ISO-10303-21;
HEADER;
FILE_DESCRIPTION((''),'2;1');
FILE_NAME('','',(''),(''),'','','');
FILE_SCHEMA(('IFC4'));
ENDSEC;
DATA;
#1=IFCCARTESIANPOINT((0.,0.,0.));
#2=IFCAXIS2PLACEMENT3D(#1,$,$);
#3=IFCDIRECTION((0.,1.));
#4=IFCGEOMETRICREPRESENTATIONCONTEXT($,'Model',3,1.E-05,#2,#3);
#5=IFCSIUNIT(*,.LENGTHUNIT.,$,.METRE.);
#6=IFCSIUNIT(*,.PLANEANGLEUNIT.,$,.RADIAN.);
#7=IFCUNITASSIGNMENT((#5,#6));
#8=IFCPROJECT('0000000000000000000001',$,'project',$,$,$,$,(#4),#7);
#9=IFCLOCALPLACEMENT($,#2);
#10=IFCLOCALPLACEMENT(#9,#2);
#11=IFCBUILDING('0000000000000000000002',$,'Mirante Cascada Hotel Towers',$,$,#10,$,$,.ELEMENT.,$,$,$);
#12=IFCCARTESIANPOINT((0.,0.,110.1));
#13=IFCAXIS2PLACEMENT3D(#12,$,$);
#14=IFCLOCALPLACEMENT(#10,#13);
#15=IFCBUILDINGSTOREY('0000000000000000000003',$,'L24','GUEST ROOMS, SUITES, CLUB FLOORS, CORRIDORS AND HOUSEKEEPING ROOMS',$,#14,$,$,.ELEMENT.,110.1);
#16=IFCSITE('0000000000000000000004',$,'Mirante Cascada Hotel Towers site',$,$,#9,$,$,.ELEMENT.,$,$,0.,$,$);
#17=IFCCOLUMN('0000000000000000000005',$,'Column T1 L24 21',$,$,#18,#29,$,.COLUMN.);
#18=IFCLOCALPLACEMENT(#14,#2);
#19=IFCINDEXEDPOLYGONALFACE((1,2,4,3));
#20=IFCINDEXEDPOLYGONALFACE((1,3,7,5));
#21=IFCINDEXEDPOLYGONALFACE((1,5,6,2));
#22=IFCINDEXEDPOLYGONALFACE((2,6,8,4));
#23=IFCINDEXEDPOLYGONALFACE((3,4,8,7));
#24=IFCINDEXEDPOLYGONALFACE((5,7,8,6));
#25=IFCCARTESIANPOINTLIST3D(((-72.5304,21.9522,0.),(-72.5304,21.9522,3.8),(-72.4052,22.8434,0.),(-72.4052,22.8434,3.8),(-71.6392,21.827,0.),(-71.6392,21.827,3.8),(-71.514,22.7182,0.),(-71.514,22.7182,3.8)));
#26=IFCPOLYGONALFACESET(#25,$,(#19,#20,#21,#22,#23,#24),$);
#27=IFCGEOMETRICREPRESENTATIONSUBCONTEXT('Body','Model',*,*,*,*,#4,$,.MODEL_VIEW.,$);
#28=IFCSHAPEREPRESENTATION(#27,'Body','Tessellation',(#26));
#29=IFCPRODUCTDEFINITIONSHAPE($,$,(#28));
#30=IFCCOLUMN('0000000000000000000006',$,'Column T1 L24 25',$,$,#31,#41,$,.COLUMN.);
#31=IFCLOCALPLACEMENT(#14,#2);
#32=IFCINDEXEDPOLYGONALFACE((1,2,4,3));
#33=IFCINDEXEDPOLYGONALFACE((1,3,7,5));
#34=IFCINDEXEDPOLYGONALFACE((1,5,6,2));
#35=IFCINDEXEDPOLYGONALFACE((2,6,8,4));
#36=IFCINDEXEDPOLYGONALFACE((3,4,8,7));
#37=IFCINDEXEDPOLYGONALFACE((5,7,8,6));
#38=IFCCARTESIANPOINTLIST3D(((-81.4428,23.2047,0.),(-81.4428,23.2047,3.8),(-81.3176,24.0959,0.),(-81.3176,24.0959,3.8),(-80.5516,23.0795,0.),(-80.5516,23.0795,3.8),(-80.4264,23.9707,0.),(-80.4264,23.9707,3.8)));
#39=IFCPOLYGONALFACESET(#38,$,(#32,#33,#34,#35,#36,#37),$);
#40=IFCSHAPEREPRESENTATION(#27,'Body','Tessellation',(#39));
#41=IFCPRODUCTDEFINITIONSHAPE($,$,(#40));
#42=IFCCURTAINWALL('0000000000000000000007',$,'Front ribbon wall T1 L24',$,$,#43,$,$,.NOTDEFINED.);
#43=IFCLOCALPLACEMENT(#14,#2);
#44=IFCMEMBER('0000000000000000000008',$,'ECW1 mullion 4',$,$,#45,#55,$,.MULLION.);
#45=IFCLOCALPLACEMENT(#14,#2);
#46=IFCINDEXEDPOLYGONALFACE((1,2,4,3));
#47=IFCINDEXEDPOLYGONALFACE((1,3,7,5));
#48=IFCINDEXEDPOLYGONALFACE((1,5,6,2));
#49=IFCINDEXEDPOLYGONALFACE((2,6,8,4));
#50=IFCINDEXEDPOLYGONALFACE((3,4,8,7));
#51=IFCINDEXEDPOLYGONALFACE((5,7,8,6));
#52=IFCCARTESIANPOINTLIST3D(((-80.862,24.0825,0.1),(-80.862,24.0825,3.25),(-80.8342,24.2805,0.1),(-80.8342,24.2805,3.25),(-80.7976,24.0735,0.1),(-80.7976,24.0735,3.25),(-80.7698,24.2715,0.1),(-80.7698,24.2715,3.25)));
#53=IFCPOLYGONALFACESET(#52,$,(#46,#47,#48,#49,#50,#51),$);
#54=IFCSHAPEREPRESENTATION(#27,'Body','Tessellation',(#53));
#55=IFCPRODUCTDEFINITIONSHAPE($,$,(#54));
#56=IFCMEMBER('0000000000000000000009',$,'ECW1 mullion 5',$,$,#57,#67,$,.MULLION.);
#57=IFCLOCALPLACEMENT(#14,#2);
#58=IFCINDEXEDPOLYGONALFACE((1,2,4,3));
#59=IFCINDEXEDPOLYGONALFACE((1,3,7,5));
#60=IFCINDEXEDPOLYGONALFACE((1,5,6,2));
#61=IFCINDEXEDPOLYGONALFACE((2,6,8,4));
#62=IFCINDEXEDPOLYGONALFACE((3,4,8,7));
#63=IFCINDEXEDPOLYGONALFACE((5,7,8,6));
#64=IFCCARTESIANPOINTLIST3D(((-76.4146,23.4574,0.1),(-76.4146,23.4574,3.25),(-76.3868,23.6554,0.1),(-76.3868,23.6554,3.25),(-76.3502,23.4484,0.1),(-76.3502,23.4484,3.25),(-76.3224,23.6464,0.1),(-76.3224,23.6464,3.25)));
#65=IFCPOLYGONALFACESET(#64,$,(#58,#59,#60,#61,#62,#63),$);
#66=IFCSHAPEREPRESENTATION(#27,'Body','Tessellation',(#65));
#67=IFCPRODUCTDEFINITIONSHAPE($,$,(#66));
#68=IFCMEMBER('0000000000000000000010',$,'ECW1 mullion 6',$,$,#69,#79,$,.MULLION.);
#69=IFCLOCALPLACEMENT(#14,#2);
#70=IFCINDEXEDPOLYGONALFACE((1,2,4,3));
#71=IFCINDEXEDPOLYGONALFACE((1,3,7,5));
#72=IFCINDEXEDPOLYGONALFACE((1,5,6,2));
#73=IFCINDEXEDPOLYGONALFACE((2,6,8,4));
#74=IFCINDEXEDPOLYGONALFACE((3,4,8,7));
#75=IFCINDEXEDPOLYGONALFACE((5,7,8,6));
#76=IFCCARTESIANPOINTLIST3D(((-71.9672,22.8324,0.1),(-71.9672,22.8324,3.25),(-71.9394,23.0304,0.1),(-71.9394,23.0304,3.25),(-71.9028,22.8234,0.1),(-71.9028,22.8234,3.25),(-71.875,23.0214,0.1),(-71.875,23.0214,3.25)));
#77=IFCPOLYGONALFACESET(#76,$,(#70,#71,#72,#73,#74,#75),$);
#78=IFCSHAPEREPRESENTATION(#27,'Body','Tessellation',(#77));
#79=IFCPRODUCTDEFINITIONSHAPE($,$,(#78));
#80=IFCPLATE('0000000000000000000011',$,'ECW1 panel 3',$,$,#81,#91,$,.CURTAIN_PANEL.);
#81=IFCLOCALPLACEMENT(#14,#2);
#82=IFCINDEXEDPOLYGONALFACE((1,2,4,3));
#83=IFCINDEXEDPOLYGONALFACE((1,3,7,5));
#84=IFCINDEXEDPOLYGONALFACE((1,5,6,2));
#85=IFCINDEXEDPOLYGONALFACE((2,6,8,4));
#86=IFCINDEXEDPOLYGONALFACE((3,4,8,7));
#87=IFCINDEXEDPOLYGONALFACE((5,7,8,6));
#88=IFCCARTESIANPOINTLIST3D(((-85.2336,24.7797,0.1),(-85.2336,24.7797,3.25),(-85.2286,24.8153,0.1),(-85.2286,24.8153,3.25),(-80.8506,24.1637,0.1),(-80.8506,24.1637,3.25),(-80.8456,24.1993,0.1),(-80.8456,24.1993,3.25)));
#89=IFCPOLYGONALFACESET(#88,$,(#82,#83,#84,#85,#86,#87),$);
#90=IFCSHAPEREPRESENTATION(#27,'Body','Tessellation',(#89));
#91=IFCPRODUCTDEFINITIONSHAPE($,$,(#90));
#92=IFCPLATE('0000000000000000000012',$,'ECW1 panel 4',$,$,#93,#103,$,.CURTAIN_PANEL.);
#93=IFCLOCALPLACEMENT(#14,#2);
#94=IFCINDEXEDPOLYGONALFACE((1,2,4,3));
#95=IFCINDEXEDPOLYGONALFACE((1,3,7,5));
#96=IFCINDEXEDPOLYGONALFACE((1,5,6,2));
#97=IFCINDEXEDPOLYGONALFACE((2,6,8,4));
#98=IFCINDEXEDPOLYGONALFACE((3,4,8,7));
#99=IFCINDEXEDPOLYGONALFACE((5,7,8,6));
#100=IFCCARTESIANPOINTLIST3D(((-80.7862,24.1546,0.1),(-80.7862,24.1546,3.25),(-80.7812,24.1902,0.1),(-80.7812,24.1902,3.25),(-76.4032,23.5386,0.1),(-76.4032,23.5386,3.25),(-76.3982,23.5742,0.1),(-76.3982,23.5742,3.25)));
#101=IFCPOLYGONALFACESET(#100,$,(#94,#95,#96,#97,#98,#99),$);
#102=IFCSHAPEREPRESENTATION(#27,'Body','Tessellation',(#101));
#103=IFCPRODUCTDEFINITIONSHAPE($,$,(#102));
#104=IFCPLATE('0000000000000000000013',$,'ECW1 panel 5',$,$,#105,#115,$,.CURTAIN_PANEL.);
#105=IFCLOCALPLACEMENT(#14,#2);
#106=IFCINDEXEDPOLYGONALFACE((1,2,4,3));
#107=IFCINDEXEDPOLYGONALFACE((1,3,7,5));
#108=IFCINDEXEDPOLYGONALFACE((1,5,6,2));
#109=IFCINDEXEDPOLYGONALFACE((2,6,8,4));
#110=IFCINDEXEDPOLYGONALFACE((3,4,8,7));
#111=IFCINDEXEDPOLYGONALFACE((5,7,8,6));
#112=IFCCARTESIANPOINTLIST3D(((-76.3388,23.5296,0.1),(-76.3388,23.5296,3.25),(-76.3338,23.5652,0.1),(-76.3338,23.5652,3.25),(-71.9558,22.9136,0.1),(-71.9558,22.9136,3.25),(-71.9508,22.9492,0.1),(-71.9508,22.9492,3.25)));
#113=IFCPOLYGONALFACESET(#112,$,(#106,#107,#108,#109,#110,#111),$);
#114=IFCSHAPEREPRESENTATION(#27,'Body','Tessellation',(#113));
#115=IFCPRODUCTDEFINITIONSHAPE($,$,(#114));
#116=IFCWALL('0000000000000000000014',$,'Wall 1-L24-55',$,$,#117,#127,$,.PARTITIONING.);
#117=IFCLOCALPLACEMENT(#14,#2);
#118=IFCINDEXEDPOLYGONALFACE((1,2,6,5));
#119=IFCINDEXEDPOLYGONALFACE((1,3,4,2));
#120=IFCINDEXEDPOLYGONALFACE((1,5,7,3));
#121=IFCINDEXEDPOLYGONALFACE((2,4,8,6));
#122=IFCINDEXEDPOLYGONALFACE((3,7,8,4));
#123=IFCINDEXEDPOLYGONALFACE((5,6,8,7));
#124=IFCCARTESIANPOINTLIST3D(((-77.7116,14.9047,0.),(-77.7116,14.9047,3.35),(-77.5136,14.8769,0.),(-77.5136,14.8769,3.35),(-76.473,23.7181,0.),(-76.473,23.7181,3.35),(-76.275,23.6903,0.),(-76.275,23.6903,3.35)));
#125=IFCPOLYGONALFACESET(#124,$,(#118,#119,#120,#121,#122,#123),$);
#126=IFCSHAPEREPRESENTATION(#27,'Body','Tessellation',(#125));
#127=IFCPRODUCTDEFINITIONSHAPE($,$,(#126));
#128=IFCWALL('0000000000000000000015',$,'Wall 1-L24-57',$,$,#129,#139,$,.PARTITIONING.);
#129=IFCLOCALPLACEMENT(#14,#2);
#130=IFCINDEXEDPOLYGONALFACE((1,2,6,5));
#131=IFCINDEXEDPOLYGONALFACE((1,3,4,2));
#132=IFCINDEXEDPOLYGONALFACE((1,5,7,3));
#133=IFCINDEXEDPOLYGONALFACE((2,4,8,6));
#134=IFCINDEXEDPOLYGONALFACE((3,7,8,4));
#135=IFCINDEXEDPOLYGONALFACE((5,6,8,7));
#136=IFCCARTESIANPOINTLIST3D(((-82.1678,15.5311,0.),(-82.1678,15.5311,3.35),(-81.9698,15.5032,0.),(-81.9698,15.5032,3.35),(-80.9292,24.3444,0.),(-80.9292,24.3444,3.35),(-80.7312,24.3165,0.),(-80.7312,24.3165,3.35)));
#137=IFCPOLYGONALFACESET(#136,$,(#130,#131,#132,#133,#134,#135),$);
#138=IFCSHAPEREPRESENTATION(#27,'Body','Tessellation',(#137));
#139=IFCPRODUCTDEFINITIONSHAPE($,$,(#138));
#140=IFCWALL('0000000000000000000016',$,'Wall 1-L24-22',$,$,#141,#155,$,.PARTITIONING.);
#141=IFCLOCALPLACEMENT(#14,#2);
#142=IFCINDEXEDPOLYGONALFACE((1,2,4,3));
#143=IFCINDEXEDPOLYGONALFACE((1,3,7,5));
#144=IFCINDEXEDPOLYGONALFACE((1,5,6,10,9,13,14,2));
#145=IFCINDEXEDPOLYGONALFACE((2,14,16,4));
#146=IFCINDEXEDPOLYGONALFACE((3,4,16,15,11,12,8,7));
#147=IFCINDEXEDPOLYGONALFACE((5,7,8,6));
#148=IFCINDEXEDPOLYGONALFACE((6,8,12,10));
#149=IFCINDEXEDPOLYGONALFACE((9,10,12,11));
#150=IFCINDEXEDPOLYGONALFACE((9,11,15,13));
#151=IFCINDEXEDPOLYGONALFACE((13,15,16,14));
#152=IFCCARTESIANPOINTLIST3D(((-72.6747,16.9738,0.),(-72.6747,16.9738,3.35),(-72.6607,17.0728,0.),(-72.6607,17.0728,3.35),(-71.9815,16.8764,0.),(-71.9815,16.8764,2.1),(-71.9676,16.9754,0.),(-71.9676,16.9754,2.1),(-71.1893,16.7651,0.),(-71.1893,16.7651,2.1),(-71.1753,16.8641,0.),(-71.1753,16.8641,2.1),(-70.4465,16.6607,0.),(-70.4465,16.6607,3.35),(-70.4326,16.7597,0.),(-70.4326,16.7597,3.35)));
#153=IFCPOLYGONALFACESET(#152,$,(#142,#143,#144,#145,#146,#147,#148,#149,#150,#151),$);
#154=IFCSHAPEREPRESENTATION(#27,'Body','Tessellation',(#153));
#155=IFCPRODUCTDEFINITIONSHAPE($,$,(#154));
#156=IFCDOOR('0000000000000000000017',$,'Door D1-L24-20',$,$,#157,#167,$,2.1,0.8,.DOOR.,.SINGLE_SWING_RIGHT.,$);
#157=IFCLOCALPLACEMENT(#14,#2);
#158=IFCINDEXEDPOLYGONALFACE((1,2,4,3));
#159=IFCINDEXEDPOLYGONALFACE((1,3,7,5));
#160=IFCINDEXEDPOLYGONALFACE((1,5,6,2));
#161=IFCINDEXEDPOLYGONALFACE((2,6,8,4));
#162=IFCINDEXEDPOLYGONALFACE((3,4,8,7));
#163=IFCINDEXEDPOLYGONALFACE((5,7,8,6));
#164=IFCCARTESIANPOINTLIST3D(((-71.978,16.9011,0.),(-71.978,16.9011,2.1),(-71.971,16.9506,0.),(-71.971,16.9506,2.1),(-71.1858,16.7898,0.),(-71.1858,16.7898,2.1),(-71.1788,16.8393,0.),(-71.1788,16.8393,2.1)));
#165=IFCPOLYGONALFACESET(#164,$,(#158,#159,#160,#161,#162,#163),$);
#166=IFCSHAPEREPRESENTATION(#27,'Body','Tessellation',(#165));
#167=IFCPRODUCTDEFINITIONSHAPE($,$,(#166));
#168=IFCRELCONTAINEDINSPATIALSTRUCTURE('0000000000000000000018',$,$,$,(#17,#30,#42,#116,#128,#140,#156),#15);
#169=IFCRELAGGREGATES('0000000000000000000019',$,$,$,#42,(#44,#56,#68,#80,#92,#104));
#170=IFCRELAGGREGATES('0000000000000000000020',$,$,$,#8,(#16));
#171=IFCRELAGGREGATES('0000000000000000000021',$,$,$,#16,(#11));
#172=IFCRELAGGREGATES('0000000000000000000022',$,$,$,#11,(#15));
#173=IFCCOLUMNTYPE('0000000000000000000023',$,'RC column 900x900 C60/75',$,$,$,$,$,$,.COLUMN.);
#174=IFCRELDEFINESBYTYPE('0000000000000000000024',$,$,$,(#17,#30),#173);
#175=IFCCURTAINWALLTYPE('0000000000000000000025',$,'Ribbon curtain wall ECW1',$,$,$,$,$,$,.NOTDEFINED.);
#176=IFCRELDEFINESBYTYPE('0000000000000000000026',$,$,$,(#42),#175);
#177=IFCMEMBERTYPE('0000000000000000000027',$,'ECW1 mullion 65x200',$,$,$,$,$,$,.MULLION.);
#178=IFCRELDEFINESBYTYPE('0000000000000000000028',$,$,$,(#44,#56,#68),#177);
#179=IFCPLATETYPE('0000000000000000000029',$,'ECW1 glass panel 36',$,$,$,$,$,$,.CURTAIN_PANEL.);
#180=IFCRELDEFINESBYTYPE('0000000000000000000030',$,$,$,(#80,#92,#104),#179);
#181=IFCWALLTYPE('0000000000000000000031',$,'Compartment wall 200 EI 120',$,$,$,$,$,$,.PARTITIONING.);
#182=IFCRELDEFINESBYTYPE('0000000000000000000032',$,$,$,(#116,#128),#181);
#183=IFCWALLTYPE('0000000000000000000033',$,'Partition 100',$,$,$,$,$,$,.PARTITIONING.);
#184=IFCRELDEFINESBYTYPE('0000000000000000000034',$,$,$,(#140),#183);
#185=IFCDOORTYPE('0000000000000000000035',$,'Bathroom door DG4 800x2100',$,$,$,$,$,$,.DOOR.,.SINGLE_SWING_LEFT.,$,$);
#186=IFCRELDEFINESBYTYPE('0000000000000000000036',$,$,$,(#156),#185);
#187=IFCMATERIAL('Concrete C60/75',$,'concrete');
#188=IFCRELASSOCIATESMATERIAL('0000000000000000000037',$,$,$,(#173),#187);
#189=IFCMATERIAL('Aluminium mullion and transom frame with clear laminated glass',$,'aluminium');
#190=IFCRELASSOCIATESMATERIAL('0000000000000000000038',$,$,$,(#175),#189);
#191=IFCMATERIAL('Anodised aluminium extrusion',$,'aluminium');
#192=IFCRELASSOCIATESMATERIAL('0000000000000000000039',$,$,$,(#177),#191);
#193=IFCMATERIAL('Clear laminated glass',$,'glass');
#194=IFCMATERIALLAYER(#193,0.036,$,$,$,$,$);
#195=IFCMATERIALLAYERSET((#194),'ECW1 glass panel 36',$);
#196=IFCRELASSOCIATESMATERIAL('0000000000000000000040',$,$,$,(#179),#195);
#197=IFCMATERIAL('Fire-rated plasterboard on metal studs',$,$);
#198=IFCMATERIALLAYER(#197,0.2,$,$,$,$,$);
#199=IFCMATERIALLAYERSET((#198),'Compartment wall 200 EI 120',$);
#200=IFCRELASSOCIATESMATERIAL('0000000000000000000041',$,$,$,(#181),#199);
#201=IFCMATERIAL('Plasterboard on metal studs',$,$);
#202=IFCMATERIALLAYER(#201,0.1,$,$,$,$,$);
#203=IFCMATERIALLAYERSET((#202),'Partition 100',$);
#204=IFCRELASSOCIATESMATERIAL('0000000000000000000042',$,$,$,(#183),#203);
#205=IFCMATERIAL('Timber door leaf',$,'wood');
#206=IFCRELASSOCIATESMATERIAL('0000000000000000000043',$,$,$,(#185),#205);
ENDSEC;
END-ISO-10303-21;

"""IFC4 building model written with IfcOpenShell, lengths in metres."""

from ifc_helpers import new_model, si_unit, direction, frame, frame_2d, origin, origin_2d, place, context, subcontext, project, spatial, rectangle, extrude, material, layer, layer_set, material_profile, profile_set, type_object, element, fill, aggregate, save


model = new_model("IFC4")

# Units and contexts
model_context = context("Model", 3, precision=1e-05, world=origin(), true_north=direction((0.0, 1.0)))
body_context = subcontext(model_context, "Body", "Model", "MODEL_VIEW")
ifc_project = project(units=[si_unit("LENGTHUNIT", "METRE"), si_unit("PLANEANGLEUNIT", "RADIAN")], contexts=[model_context])

# Site, building, storey
site_placement = place(None, origin())
site = spatial("IfcSite", under=ifc_project, at=site_placement, Name="Mirante Cascada Hotel Towers site", CompositionType="ELEMENT", RefElevation=0.0)
building_placement = place(site_placement, origin())
building = spatial("IfcBuilding", under=site, at=building_placement, Name="Mirante Cascada Hotel Towers", CompositionType="ELEMENT")
storey_placement = place(building_placement, frame((0.0, 0.0, 110.1)))
storey = spatial("IfcBuildingStorey", under=building, at=storey_placement, Name="L24", Description="GUEST ROOMS, SUITES, CLUB FLOORS, CORRIDORS AND HOUSEKEEPING ROOMS", CompositionType="ELEMENT", Elevation=110.1)

# Columns
ifc_material_1 = material(Name="Concrete C60/75", Category="concrete")
ifc_material_profile_1 = material_profile(ifc_material_1, rectangle(XDim=0.9, YDim=0.9, at=origin_2d()), Name="RC column 900x900 C60/75")
ifc_profile_set_1 = profile_set([ifc_material_profile_1], Name="Concrete C60/75")
column_type = type_object("IfcColumnType", Name="RC column 900x900 C60/75", PredefinedType="COLUMN", material=ifc_profile_set_1)
for number, where, z_axis, x_axis, name in (
    (1, (-72.0222, 22.3352, 0.0), (0.0, 0.0, 1.0), (-0.990268, 0.139173, 0.0), "Column T1 L24 21"),
    (2, (-80.9346, 23.5877, 0.0), (0.0, 0.0, 1.0), (-0.990268, 0.139173, 0.0), "Column T1 L24 25"),
):
    element("IfcColumn", number, at=place(storey_placement, frame(where, z_axis=z_axis, x_axis=x_axis)), inside=storey, type_object=column_type, Name=name, PredefinedType="COLUMN", context=body_context, shape_type="SweptSolid", body=[
        extrude(rectangle(XDim=0.9, YDim=0.9, at=origin_2d()), origin(), (0.0, 0.0, 1.0), 3.8),
    ])

# Curtain wall, members, plates
ifc_material_2 = material(Name="Aluminium mullion and transom frame with clear laminated glass", Category="aluminium")
curtain_wall_type = type_object("IfcCurtainWallType", Name="Ribbon curtain wall ECW1", PredefinedType="NOTDEFINED", material=ifc_material_2)
curtain_wall_placement = place(storey_placement, origin())
curtain_wall = element("IfcCurtainWall", 3, at=curtain_wall_placement, inside=storey, type_object=curtain_wall_type, Name="Front ribbon wall T1 L24", PredefinedType="NOTDEFINED")
ifc_material_3 = material(Name="Anodised aluminium extrusion", Category="aluminium")
ifc_material_profile_2 = material_profile(ifc_material_3, rectangle(XDim=0.2, YDim=0.065, at=origin_2d()), Name="ECW1 MULLION 65x200")
ifc_profile_set_2 = profile_set([ifc_material_profile_2], Name="Anodised aluminium extrusion")
member_type = type_object("IfcMemberType", Name="ECW1 mullion 65x200", PredefinedType="MULLION", material=ifc_profile_set_2)
member_1_placement = place(storey_placement, frame((-80.8159, 24.177, 0.1), z_axis=(0.0, 0.0, 1.0), x_axis=(0.139173, 0.990268, 0.0)))
member_1 = element("IfcMember", 4, at=member_1_placement, type_object=member_type, Name="ECW1 mullion 4", PredefinedType="MULLION", context=body_context, shape_type="SweptSolid", body=[
    extrude(rectangle(XDim=0.2, YDim=0.065, at=origin_2d()), origin(), (0.0, 0.0, 1.0), 3.15),
])
member_2_placement = place(storey_placement, frame((-76.3685, 23.5519, 0.1), z_axis=(0.0, 0.0, 1.0), x_axis=(0.139173, 0.990268, 0.0)))
member_2 = element("IfcMember", 5, at=member_2_placement, type_object=member_type, Name="ECW1 mullion 5", PredefinedType="MULLION", context=body_context, shape_type="SweptSolid", body=[
    extrude(rectangle(XDim=0.2, YDim=0.065, at=origin_2d()), origin(), (0.0, 0.0, 1.0), 3.15),
])
member_3_placement = place(storey_placement, frame((-71.9211, 22.9269, 0.1), z_axis=(0.0, 0.0, 1.0), x_axis=(0.139173, 0.990268, 0.0)))
member_3 = element("IfcMember", 6, at=member_3_placement, type_object=member_type, Name="ECW1 mullion 6", PredefinedType="MULLION", context=body_context, shape_type="SweptSolid", body=[
    extrude(rectangle(XDim=0.2, YDim=0.065, at=origin_2d()), origin(), (0.0, 0.0, 1.0), 3.15),
])
ifc_material_4 = material(Name="Clear laminated glass", Category="glass")
ifc_layer_1 = layer(ifc_material_4, 0.036)
ifc_layer_set_1 = layer_set([ifc_layer_1], Name="ECW1 glass panel 36")
plate_type = type_object("IfcPlateType", Name="ECW1 glass panel 36", PredefinedType="CURTAIN_PANEL", material=ifc_layer_set_1)
plate_1_placement = place(storey_placement, frame((-83.0396, 24.4895, 0.1), z_axis=(0.0, 0.0, 1.0), x_axis=(0.990268, -0.139173, 0.0)))
plate_1 = element("IfcPlate", 7, at=plate_1_placement, type_object=plate_type, Name="ECW1 panel 3", PredefinedType="CURTAIN_PANEL", context=body_context, shape_type="SweptSolid", body=[
    extrude(rectangle(XDim=4.4261, YDim=0.036, at=origin_2d()), origin(), (0.0, 0.0, 1.0), 3.15),
])
plate_2_placement = place(storey_placement, frame((-78.5922, 23.8644, 0.1), z_axis=(0.0, 0.0, 1.0), x_axis=(0.990268, -0.139173, 0.0)))
plate_2 = element("IfcPlate", 8, at=plate_2_placement, type_object=plate_type, Name="ECW1 panel 4", PredefinedType="CURTAIN_PANEL", context=body_context, shape_type="SweptSolid", body=[
    extrude(rectangle(XDim=4.4261, YDim=0.036, at=origin_2d()), origin(), (0.0, 0.0, 1.0), 3.15),
])
plate_3_placement = place(storey_placement, frame((-74.1448, 23.2394, 0.1), z_axis=(0.0, 0.0, 1.0), x_axis=(0.990268, -0.139173, 0.0)))
plate_3 = element("IfcPlate", 9, at=plate_3_placement, type_object=plate_type, Name="ECW1 panel 5", PredefinedType="CURTAIN_PANEL", context=body_context, shape_type="SweptSolid", body=[
    extrude(rectangle(XDim=4.4261, YDim=0.036, at=origin_2d()), origin(), (0.0, 0.0, 1.0), 3.15),
])
aggregate(curtain_wall, [member_1, member_2, member_3, plate_1, plate_2, plate_3])

# Walls
ifc_material_5 = material(Name="Fire-rated plasterboard on metal studs")
ifc_layer_2 = layer(ifc_material_5, 0.2)
ifc_layer_set_2 = layer_set([ifc_layer_2], Name="Compartment wall 200 EI 120")
wall_type_1 = type_object("IfcWallType", Name="Compartment wall 200 EI 120", PredefinedType="PARTITIONING", material=ifc_layer_set_2)
wall_1_placement = place(storey_placement, frame((-77.6126, 14.8908, 0.0), z_axis=(0.0, 0.0, 1.0), x_axis=(0.139168, 0.990269, 0.0)))
element("IfcWall", 10, at=wall_1_placement, inside=storey, type_object=wall_type_1, Name="Wall 1-L24-55", PredefinedType="PARTITIONING", context=body_context, shape_type="SweptSolid", body=[
    extrude(rectangle(XDim=8.9, YDim=0.2, at=frame_2d((4.45, 0.0))), origin(), (0.0, 0.0, 1.0), 3.35),
])
wall_2_placement = place(storey_placement, frame((-82.0688, 15.5171, 0.0), z_axis=(0.0, 0.0, 1.0), x_axis=(0.13917, 0.990268, 0.0)))
element("IfcWall", 11, at=wall_2_placement, inside=storey, type_object=wall_type_1, Name="Wall 1-L24-57", PredefinedType="PARTITIONING", context=body_context, shape_type="SweptSolid", body=[
    extrude(rectangle(XDim=8.8999, YDim=0.2, at=frame_2d((4.45, 0.0))), origin(), (0.0, 0.0, 1.0), 3.35),
])

# Wall, opening, door
ifc_material_6 = material(Name="Plasterboard on metal studs")
ifc_layer_3 = layer(ifc_material_6, 0.1)
ifc_layer_set_3 = layer_set([ifc_layer_3], Name="Partition 100")
wall_type_2 = type_object("IfcWallType", Name="Partition 100", PredefinedType="PARTITIONING", material=ifc_layer_set_3)
wall_3_placement = place(storey_placement, frame((-72.6677, 17.0233, 0.0), z_axis=(0.0, 0.0, 1.0), x_axis=(0.990271, -0.139156, 0.0)))
wall_3 = element("IfcWall", 12, at=wall_3_placement, inside=storey, type_object=wall_type_2, Name="Wall 1-L24-22", PredefinedType="PARTITIONING", context=body_context, shape_type="SweptSolid", body=[
    extrude(rectangle(XDim=2.25, YDim=0.1, at=frame_2d((1.125, 0.0))), origin(), (0.0, 0.0, 1.0), 3.35),
])
opening_1_placement = place(wall_3_placement, frame((0.7, 0.0, 0.0)))
opening_1 = element("IfcOpeningElement", 13, at=opening_1_placement, cuts=wall_3, PredefinedType="OPENING", context=body_context, shape_type="SweptSolid", body=[
    extrude(rectangle(XDim=0.8, YDim=2.1, at=frame_2d((0.4, 1.05))), frame((0.0, 0.05, 0.0), z_axis=(0.0, -1.0, 0.0), x_axis=(1.0, 0.0, 0.0)), (0.0, 0.0, 1.0), 0.1),
])
ifc_material_7 = material(Name="Timber door leaf", Category="wood")
door_type = type_object("IfcDoorType", Name="Bathroom door DG4 800x2100", OperationType="SINGLE_SWING_LEFT", PredefinedType="DOOR", material=ifc_material_7)
door_1_placement = place(opening_1_placement, frame((0.8, 0.0, 0.0), z_axis=(0.0, 0.0, 1.0), x_axis=(-1.0, 0.0, 0.0)))
door_1 = element("IfcDoor", 14, at=door_1_placement, inside=storey, type_object=door_type, Name="Door D1-L24-20", OperationType="SINGLE_SWING_RIGHT", OverallHeight=2.1, OverallWidth=0.8, PredefinedType="DOOR", context=body_context, shape_type="SweptSolid", body=[
    extrude(rectangle(XDim=0.8, YDim=2.1, at=frame_2d((0.4, 1.05))), frame((0.0, 0.025, 0.0), z_axis=(0.0, -1.0, 0.0), x_axis=(1.0, 0.0, 0.0)), (0.0, 0.0, 1.0), 0.05),
])
fill(opening_1, door_1)

save(model, "model.ifc")
